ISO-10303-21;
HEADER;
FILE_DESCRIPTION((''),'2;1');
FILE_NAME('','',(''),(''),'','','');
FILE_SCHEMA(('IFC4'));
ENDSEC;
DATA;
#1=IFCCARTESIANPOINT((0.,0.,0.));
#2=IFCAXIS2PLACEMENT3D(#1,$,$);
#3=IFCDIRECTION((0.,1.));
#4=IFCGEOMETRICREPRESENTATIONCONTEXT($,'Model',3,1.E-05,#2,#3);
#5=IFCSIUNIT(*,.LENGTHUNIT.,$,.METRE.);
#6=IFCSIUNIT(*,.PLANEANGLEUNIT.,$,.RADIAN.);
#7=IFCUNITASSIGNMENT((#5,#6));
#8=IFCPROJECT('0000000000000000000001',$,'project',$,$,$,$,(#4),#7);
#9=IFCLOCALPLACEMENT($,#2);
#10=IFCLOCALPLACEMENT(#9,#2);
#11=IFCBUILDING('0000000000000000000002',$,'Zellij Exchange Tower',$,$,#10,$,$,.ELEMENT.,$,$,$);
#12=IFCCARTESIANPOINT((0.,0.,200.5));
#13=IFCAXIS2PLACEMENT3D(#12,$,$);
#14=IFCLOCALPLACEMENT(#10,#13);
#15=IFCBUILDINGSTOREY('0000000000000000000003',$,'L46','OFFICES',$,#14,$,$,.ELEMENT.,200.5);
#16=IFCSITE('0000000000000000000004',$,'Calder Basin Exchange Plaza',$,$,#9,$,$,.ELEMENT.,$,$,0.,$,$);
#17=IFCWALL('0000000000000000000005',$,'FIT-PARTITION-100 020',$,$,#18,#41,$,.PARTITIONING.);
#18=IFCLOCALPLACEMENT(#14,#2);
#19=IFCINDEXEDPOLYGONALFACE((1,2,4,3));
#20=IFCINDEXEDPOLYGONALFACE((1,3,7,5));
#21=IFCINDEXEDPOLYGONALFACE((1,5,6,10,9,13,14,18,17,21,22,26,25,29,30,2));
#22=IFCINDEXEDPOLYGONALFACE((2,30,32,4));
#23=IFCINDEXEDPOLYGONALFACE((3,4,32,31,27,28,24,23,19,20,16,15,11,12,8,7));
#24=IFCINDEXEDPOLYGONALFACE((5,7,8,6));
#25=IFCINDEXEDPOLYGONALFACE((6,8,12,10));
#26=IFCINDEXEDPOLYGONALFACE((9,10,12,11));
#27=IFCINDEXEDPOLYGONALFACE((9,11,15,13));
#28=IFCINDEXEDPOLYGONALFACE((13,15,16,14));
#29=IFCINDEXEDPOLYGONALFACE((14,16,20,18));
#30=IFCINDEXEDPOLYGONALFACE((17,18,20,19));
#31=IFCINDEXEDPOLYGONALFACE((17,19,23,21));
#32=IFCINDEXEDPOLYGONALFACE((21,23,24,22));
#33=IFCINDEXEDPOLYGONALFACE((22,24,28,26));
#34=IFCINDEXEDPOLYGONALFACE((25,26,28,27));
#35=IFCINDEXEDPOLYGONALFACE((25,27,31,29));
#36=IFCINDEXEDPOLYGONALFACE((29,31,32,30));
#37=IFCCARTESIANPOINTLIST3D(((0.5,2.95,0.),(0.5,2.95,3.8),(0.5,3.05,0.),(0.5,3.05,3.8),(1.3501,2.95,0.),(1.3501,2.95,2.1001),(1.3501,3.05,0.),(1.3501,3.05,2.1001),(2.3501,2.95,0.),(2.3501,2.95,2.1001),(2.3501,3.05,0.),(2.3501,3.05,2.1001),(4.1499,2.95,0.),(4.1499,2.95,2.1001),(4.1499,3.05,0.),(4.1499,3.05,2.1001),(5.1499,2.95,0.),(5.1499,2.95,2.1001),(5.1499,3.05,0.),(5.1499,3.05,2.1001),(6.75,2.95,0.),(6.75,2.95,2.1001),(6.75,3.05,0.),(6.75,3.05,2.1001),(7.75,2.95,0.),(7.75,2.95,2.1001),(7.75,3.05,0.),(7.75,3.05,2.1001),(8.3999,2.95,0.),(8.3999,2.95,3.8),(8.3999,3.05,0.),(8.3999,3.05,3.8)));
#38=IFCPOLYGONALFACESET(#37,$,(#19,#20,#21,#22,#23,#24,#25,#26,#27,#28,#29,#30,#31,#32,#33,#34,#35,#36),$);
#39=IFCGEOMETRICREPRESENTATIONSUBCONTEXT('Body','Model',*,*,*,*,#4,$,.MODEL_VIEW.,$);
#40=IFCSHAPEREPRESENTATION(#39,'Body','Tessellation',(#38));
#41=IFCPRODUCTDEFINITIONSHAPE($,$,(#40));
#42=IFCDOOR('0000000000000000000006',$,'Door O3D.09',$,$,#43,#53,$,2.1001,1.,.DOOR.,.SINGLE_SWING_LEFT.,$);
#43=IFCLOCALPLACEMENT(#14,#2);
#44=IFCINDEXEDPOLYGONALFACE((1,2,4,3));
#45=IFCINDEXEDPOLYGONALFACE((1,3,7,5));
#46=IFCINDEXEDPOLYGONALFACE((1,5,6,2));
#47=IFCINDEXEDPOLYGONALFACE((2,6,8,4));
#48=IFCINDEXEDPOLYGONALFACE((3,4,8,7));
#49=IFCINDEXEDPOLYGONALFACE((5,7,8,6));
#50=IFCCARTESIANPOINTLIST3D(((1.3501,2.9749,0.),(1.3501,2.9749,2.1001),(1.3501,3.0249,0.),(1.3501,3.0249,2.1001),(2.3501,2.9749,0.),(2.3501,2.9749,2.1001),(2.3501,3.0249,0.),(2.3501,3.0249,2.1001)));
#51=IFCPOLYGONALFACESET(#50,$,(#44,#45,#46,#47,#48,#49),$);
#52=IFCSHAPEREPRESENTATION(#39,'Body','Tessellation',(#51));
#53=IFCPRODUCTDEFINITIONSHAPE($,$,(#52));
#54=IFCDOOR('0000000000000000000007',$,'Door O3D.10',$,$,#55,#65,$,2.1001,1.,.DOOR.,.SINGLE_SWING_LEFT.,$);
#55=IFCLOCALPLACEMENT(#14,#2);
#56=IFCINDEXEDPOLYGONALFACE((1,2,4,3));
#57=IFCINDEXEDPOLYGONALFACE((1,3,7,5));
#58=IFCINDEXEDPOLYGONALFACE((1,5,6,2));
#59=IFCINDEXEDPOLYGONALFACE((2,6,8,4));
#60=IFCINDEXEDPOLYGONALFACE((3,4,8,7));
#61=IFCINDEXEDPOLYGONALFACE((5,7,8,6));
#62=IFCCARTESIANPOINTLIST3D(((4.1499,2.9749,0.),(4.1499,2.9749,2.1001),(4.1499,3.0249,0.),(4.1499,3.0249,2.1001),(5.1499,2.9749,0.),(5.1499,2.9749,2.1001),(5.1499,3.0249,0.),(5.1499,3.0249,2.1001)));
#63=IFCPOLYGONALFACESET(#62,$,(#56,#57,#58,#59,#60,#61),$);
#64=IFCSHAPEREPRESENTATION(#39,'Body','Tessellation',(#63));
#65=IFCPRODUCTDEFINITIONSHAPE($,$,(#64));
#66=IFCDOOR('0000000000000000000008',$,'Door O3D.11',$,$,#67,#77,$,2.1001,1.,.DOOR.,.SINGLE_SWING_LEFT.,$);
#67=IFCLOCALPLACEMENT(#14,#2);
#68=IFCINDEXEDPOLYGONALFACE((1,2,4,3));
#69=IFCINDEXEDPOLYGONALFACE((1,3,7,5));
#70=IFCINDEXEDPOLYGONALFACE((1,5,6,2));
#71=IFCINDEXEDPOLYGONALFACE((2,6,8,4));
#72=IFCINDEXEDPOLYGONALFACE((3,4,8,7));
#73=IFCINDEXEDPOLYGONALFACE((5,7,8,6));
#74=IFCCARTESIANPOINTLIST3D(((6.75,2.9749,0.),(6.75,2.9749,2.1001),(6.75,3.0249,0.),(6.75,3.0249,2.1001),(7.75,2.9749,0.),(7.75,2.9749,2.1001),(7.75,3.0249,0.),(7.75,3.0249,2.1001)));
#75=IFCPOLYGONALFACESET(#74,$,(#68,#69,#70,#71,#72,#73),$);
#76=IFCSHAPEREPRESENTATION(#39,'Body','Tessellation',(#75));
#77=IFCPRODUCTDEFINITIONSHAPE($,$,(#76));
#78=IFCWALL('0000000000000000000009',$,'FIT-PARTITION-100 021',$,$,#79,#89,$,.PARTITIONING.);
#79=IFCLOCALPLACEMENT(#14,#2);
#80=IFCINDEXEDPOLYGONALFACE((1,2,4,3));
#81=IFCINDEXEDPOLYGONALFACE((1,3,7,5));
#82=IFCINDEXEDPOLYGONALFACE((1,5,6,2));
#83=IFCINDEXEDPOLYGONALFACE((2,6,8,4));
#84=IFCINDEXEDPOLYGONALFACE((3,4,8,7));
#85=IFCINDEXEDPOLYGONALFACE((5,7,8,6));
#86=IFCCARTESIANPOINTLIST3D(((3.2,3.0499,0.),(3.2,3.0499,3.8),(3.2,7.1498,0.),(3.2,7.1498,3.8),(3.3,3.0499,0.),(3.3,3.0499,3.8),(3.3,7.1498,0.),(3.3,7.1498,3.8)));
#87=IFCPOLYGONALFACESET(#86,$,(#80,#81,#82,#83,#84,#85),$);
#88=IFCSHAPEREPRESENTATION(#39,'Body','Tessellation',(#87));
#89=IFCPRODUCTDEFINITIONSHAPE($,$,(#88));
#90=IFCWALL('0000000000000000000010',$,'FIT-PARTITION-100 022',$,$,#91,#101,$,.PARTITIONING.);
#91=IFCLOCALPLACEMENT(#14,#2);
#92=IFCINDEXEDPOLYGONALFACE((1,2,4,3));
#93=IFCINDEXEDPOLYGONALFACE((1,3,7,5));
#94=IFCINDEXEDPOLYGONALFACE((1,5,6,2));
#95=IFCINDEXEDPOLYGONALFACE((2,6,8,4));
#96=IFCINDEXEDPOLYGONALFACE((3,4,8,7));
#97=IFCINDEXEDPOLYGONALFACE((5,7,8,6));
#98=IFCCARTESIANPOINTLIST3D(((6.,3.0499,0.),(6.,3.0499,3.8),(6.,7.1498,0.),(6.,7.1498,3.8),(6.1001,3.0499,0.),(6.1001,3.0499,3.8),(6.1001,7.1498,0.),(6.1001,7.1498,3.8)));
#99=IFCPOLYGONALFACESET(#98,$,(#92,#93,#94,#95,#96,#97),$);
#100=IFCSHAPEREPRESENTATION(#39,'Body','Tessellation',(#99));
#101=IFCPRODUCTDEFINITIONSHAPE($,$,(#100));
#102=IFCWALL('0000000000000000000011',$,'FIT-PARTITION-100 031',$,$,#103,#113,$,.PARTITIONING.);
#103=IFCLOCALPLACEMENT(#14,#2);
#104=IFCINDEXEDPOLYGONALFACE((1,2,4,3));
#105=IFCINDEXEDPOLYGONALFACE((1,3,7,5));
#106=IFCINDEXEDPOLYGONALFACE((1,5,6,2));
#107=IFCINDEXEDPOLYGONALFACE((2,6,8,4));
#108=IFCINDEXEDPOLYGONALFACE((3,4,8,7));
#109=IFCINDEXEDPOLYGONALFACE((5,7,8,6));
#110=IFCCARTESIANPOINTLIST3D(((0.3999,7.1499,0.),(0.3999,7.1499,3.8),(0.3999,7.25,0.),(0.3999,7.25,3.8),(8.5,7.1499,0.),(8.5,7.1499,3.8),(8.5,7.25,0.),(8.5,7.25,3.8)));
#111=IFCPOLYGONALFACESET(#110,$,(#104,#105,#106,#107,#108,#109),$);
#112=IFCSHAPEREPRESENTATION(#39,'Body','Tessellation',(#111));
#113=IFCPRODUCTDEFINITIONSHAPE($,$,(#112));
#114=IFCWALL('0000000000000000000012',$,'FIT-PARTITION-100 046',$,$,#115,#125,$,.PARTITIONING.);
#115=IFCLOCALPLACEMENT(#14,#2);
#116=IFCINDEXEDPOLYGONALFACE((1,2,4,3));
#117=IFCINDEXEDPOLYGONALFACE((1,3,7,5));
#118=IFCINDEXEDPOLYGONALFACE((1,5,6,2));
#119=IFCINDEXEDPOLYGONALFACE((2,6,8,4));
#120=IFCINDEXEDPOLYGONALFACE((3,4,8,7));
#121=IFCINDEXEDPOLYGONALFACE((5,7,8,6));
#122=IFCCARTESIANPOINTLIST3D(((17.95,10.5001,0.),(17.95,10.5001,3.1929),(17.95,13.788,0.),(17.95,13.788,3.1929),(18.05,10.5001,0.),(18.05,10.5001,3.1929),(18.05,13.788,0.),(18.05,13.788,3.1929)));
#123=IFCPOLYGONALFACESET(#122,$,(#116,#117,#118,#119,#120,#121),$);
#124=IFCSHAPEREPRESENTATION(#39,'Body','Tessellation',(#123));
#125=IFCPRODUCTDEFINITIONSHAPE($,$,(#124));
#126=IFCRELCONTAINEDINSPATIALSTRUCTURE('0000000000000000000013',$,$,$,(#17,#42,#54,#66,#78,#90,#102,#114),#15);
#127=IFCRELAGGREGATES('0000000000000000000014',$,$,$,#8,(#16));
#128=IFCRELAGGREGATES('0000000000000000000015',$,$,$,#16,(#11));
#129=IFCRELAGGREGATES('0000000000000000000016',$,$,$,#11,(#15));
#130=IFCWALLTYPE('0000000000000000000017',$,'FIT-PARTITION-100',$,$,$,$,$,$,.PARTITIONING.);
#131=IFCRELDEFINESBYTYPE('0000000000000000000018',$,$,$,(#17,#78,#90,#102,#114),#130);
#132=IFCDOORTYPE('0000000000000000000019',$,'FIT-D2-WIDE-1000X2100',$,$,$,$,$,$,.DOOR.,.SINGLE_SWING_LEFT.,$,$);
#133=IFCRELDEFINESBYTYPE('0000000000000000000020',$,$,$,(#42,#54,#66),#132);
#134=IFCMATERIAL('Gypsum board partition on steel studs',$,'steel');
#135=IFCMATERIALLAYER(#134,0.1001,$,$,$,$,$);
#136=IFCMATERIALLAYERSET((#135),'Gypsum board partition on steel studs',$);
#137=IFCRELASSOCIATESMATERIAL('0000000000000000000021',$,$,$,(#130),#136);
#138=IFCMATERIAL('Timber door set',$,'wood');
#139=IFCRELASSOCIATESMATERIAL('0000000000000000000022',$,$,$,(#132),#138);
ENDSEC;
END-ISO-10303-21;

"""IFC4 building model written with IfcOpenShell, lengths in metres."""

from ifc_helpers import new_model, si_unit, direction, frame, frame_2d, origin, place, context, subcontext, project, spatial, rectangle, extrude, material, layer, layer_set, type_object, element, fill, save


model = new_model("IFC4")

# Units and contexts
model_context = context("Model", 3, precision=1e-05, world=origin(), true_north=direction((0.0, 1.0)))
body_context = subcontext(model_context, "Body", "Model", "MODEL_VIEW")
ifc_project = project(units=[si_unit("LENGTHUNIT", "METRE"), si_unit("PLANEANGLEUNIT", "RADIAN")], contexts=[model_context])

# Site, building, storey
site_placement = place(None, origin())
site = spatial("IfcSite", under=ifc_project, at=site_placement, Name="Calder Basin Exchange Plaza", CompositionType="ELEMENT", RefElevation=0.0)
building_placement = place(site_placement, origin())
building = spatial("IfcBuilding", under=site, at=building_placement, Name="Zellij Exchange Tower", CompositionType="ELEMENT")
storey_placement = place(building_placement, frame((0.0, 0.0, 200.5)))
storey = spatial("IfcBuildingStorey", under=building, at=storey_placement, Name="L46", Description="OFFICES", CompositionType="ELEMENT", Elevation=200.5)

# Shared definitions
ifc_material_1 = material(Name="Gypsum board partition on steel studs", Category="steel")
ifc_layer_1 = layer(ifc_material_1, 0.1001)
ifc_layer_set_1 = layer_set([ifc_layer_1], Name="Gypsum board partition on steel studs")
wall_type = type_object("IfcWallType", Name="FIT-PARTITION-100", PredefinedType="PARTITIONING", material=ifc_layer_set_1)

# Wall, openings, doors
wall_1_placement = place(storey_placement, frame((0.5, 3.0, 0.0), z_axis=(0.0, 0.0, 1.0), x_axis=(1.0, 0.0, 0.0)))
wall_1 = element("IfcWall", 1, at=wall_1_placement, inside=storey, type_object=wall_type, Name="FIT-PARTITION-100 020", PredefinedType="PARTITIONING", context=body_context, shape_type="SweptSolid", body=[
    extrude(rectangle(XDim=7.8999, YDim=0.1001, at=frame_2d((3.95, 0.0))), origin(), (0.0, 0.0, 1.0), 3.8),
])
opening_1_placement = place(wall_1_placement, frame((0.8501, 0.0, 0.0)))
opening_1 = element("IfcOpeningElement", 2, at=opening_1_placement, cuts=wall_1, PredefinedType="OPENING", context=body_context, shape_type="SweptSolid", body=[
    extrude(rectangle(XDim=1.0, YDim=2.1001, at=frame_2d((0.5, 1.05))), frame((0.0, 0.062, 0.0), z_axis=(0.0, -1.0, 0.0), x_axis=(1.0, 0.0, 0.0)), (0.0, 0.0, 1.0), 0.124),
])
opening_2_placement = place(wall_1_placement, frame((3.6499, 0.0, 0.0)))
opening_2 = element("IfcOpeningElement", 3, at=opening_2_placement, cuts=wall_1, PredefinedType="OPENING", context=body_context, shape_type="SweptSolid", body=[
    extrude(rectangle(XDim=1.0, YDim=2.1001, at=frame_2d((0.5, 1.05))), frame((0.0, 0.062, 0.0), z_axis=(0.0, -1.0, 0.0), x_axis=(1.0, 0.0, 0.0)), (0.0, 0.0, 1.0), 0.124),
])
opening_3_placement = place(wall_1_placement, frame((6.25, 0.0, 0.0)))
opening_3 = element("IfcOpeningElement", 4, at=opening_3_placement, cuts=wall_1, PredefinedType="OPENING", context=body_context, shape_type="SweptSolid", body=[
    extrude(rectangle(XDim=1.0, YDim=2.1001, at=frame_2d((0.5, 1.05))), frame((0.0, 0.062, 0.0), z_axis=(0.0, -1.0, 0.0), x_axis=(1.0, 0.0, 0.0)), (0.0, 0.0, 1.0), 0.124),
])
ifc_material_2 = material(Name="Timber door set", Category="wood")
door_type = type_object("IfcDoorType", Name="FIT-D2-WIDE-1000X2100", OperationType="SINGLE_SWING_LEFT", PredefinedType="DOOR", material=ifc_material_2)
door_1_placement = place(opening_1_placement, origin())
door_1 = element("IfcDoor", 5, at=door_1_placement, inside=storey, type_object=door_type, Name="Door O3D.09", OperationType="SINGLE_SWING_LEFT", OverallHeight=2.1001, OverallWidth=1.0, PredefinedType="DOOR", context=body_context, shape_type="SweptSolid", body=[
    extrude(rectangle(XDim=1.0, YDim=2.1001, at=frame_2d((0.5, 1.05))), frame((0.0, 0.0249, 0.0), z_axis=(0.0, -1.0, 0.0), x_axis=(1.0, 0.0, 0.0)), (0.0, 0.0, 1.0), 0.05),
])
fill(opening_1, door_1)
door_2_placement = place(opening_2_placement, origin())
door_2 = element("IfcDoor", 6, at=door_2_placement, inside=storey, type_object=door_type, Name="Door O3D.10", OperationType="SINGLE_SWING_LEFT", OverallHeight=2.1001, OverallWidth=1.0, PredefinedType="DOOR", context=body_context, shape_type="SweptSolid", body=[
    extrude(rectangle(XDim=1.0, YDim=2.1001, at=frame_2d((0.5, 1.05))), frame((0.0, 0.0249, 0.0), z_axis=(0.0, -1.0, 0.0), x_axis=(1.0, 0.0, 0.0)), (0.0, 0.0, 1.0), 0.05),
])
fill(opening_2, door_2)
door_3_placement = place(opening_3_placement, origin())
door_3 = element("IfcDoor", 7, at=door_3_placement, inside=storey, type_object=door_type, Name="Door O3D.11", OperationType="SINGLE_SWING_LEFT", OverallHeight=2.1001, OverallWidth=1.0, PredefinedType="DOOR", context=body_context, shape_type="SweptSolid", body=[
    extrude(rectangle(XDim=1.0, YDim=2.1001, at=frame_2d((0.5, 1.05))), frame((0.0, 0.0249, 0.0), z_axis=(0.0, -1.0, 0.0), x_axis=(1.0, 0.0, 0.0)), (0.0, 0.0, 1.0), 0.05),
])
fill(opening_3, door_3)

# Walls
for number, where, z_axis, x_axis, name in (
    (8, (3.25, 3.05, 0.0), (0.0, 0.0, 1.0), (0.0, 1.0, 0.0), "FIT-PARTITION-100 021"),
    (9, (6.05, 3.05, 0.0), (0.0, 0.0, 1.0), (0.0, 1.0, 0.0), "FIT-PARTITION-100 022"),
):
    element("IfcWall", number, at=place(storey_placement, frame(where, z_axis=z_axis, x_axis=x_axis)), inside=storey, type_object=wall_type, Name=name, PredefinedType="PARTITIONING", context=body_context, shape_type="SweptSolid", body=[
        extrude(rectangle(XDim=4.0999, YDim=0.1001, at=frame_2d((2.0498, 0.0))), origin(), (0.0, 0.0, 1.0), 3.8),
    ])
wall_2_placement = place(storey_placement, frame((0.3999, 7.2, 0.0), z_axis=(0.0, 0.0, 1.0), x_axis=(1.0, 0.0, 0.0)))
element("IfcWall", 10, at=wall_2_placement, inside=storey, type_object=wall_type, Name="FIT-PARTITION-100 031", PredefinedType="PARTITIONING", context=body_context, shape_type="SweptSolid", body=[
    extrude(rectangle(XDim=8.1001, YDim=0.1001, at=frame_2d((4.05, 0.0))), origin(), (0.0, 0.0, 1.0), 3.8),
])
wall_3_placement = place(storey_placement, frame((18.0, 10.5, 0.0), z_axis=(0.0, 0.0, 1.0), x_axis=(0.0, 1.0, 0.0)))
element("IfcWall", 11, at=wall_3_placement, inside=storey, type_object=wall_type, Name="FIT-PARTITION-100 046", PredefinedType="PARTITIONING", context=body_context, shape_type="SweptSolid", body=[
    extrude(rectangle(XDim=3.2878, YDim=0.1001, at=frame_2d((1.644, 0.0))), origin(), (0.0, 0.0, 1.0), 3.1929),
])

save(model, "model.ifc")
